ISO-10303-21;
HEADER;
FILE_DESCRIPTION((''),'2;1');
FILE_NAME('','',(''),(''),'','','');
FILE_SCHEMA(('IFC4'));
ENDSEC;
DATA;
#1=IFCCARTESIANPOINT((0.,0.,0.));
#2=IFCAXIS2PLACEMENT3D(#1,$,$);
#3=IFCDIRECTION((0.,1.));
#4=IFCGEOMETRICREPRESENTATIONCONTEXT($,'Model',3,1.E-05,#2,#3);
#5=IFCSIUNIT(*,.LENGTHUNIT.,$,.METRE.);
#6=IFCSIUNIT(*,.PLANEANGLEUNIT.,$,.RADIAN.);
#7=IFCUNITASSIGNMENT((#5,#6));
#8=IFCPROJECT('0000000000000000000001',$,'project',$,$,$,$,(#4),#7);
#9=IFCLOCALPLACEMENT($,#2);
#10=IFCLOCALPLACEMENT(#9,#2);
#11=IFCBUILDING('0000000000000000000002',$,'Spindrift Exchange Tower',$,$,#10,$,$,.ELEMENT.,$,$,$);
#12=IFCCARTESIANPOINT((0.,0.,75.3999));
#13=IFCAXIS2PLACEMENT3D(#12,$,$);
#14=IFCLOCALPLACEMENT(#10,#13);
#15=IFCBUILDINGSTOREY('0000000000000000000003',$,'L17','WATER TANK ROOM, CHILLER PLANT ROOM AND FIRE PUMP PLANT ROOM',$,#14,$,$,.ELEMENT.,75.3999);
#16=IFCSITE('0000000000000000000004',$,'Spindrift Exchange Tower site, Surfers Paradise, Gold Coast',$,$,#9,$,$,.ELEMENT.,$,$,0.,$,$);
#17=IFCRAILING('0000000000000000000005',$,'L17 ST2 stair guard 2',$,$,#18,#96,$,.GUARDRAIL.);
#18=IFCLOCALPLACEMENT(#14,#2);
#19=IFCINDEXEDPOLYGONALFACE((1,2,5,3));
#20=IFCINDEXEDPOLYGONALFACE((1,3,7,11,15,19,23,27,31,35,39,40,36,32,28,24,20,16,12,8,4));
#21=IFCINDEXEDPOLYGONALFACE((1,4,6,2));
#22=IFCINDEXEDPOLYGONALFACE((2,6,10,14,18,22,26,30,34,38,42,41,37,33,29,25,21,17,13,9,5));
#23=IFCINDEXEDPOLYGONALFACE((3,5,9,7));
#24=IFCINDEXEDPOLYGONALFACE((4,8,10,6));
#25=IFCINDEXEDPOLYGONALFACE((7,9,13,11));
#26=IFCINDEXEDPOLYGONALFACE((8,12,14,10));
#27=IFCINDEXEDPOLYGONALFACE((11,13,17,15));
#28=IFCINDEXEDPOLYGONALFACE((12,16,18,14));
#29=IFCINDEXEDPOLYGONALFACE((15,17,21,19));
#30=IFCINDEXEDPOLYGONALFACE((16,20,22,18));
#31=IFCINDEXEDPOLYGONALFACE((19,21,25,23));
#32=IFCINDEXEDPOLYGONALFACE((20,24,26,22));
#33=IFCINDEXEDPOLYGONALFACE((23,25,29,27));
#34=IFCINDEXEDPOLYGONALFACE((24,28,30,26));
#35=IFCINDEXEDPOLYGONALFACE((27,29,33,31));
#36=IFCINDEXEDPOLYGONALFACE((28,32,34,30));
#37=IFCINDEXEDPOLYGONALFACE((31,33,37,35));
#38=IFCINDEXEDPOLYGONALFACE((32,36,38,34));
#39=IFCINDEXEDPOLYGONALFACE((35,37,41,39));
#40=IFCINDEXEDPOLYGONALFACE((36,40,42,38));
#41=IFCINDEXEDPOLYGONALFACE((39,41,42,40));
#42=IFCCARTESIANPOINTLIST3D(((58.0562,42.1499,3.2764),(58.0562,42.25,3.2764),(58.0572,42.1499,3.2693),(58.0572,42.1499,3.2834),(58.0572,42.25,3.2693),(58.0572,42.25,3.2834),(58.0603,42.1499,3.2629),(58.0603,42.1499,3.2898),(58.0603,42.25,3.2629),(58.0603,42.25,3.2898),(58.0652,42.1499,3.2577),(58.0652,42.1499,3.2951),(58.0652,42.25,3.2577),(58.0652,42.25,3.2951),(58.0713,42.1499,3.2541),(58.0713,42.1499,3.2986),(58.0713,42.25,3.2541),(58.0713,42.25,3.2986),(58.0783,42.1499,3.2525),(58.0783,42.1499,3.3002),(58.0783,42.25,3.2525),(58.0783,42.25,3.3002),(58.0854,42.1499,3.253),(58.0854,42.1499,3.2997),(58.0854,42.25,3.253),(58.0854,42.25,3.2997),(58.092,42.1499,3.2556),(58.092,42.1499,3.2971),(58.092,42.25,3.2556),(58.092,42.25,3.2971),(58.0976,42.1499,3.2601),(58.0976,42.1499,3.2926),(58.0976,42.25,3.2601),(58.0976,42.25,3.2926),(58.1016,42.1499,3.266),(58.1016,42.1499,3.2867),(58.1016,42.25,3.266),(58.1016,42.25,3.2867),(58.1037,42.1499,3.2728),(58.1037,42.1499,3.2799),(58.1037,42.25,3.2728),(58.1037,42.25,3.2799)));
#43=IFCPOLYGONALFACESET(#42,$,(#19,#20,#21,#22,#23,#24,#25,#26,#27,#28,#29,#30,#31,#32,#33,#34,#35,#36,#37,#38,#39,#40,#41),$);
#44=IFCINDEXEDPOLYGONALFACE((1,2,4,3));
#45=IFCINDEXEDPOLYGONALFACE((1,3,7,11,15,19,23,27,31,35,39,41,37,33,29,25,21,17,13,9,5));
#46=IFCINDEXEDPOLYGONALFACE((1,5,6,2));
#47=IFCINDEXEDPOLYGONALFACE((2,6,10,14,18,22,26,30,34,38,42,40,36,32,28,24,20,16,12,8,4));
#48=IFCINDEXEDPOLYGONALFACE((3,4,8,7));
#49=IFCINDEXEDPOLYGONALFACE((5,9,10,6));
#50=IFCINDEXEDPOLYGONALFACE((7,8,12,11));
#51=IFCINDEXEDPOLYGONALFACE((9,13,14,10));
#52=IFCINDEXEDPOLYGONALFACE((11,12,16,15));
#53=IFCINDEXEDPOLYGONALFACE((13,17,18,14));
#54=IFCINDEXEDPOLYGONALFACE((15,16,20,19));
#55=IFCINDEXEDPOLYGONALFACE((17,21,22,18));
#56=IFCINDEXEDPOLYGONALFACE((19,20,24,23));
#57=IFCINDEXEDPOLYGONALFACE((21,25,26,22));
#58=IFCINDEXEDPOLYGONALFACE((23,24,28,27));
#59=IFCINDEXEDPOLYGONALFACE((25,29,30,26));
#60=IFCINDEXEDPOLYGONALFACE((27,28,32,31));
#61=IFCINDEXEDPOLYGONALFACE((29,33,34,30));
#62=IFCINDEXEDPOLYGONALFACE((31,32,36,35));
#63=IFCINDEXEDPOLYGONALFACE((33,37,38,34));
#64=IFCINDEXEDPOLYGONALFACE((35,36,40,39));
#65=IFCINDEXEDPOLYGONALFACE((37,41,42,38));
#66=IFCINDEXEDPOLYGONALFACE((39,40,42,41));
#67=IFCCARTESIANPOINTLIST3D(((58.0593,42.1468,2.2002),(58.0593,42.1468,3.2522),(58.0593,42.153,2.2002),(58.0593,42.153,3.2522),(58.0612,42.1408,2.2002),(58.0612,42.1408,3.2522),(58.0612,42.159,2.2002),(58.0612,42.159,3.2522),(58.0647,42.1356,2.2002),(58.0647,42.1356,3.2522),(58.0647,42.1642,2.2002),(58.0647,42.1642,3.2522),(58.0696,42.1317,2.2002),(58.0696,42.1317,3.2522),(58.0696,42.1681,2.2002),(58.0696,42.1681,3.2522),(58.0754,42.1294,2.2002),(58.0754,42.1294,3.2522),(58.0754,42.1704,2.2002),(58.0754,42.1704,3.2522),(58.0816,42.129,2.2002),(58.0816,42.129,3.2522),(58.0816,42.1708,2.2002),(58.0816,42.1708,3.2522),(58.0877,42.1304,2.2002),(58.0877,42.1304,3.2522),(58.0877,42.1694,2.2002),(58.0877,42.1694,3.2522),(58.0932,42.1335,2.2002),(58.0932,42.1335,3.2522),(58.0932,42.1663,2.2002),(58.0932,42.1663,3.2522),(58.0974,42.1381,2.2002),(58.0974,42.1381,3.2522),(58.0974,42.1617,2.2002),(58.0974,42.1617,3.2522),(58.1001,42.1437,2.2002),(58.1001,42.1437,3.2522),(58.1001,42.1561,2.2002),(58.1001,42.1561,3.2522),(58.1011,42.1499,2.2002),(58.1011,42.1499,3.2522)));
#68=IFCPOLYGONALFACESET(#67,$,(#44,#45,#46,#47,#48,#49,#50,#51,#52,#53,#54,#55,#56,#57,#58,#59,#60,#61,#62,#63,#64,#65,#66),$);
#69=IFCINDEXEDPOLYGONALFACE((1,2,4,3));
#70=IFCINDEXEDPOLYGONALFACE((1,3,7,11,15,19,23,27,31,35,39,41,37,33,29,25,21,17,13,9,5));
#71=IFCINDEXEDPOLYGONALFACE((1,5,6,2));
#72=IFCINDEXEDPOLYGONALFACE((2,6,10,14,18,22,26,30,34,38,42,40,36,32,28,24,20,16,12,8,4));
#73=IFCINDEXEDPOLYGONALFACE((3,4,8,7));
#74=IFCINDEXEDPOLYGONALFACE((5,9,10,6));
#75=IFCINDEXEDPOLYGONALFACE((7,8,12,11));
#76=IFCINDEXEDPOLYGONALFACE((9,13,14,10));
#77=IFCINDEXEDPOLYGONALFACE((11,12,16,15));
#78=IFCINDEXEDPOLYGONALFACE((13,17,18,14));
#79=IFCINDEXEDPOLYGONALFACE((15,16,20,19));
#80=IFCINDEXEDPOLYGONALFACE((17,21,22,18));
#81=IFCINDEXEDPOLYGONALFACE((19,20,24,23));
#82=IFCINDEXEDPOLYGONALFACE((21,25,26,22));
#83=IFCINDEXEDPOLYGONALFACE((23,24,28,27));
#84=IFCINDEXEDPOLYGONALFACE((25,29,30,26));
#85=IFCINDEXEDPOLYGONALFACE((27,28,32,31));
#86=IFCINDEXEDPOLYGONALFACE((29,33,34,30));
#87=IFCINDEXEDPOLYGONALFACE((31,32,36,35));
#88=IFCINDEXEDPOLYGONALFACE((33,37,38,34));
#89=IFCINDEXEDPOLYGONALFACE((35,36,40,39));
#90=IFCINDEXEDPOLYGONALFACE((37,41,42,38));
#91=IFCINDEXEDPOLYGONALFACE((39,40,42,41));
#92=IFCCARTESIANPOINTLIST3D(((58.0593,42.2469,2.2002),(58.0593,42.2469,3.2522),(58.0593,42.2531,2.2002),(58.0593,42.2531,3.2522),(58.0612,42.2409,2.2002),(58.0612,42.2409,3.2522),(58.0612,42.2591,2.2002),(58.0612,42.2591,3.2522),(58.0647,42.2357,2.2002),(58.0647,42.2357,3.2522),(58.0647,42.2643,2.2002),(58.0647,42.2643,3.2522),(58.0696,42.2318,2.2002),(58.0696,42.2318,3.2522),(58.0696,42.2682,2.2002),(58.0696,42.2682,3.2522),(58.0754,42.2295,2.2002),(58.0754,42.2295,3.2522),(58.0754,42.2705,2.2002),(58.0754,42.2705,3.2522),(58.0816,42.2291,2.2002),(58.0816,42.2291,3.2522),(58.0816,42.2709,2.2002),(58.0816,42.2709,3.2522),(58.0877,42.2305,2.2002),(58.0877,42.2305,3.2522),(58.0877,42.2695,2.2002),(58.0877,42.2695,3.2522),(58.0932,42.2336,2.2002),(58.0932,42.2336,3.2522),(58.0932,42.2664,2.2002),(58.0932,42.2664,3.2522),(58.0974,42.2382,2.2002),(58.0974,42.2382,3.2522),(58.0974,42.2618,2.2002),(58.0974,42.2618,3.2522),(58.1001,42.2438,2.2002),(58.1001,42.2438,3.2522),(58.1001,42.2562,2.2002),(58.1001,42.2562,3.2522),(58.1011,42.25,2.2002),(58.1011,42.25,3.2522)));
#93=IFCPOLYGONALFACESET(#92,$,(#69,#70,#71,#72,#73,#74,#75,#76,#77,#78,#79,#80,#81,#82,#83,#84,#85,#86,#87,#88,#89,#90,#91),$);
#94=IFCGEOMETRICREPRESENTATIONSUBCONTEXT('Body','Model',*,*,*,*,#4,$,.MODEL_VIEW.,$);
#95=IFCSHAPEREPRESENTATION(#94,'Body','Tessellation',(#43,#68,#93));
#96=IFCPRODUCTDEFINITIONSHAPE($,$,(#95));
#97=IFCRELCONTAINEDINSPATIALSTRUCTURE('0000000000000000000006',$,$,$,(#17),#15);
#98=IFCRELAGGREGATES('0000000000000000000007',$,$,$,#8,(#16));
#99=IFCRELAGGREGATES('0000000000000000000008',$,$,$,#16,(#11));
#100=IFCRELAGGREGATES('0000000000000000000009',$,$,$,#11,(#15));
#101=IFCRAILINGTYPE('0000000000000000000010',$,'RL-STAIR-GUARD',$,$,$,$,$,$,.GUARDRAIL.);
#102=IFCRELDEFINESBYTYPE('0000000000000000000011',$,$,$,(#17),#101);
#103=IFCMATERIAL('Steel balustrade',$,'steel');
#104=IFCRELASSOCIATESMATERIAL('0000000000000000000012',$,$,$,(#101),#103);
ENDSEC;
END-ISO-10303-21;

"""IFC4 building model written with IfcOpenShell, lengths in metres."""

from ifc_helpers import new_model, si_unit, direction, frame, origin, origin_2d, place, context, subcontext, project, spatial, circle, extrude, material, type_object, element, save


model = new_model("IFC4")

# Units and contexts
model_context = context("Model", 3, precision=1e-05, world=origin(), true_north=direction((0.0, 1.0)))
body_context = subcontext(model_context, "Body", "Model", "MODEL_VIEW")
ifc_project = project(units=[si_unit("LENGTHUNIT", "METRE"), si_unit("PLANEANGLEUNIT", "RADIAN")], contexts=[model_context])

# Site, building, storey
site_placement = place(None, origin())
site = spatial("IfcSite", under=ifc_project, at=site_placement, Name="Spindrift Exchange Tower site, Surfers Paradise, Gold Coast", CompositionType="ELEMENT", RefElevation=0.0)
building_placement = place(site_placement, origin())
building = spatial("IfcBuilding", under=site, at=building_placement, Name="Spindrift Exchange Tower", CompositionType="ELEMENT")
storey_placement = place(building_placement, frame((0.0, 0.0, 75.3999)))
storey = spatial("IfcBuildingStorey", under=building, at=storey_placement, Name="L17", Description="WATER TANK ROOM, CHILLER PLANT ROOM AND FIRE PUMP PLANT ROOM", CompositionType="ELEMENT", Elevation=75.3999)

# Railing
ifc_material_1 = material(Name="Steel balustrade", Category="steel")
railing_type_1 = type_object("IfcRailingType", Name="RL-STAIR-GUARD", PredefinedType="GUARDRAIL", material=ifc_material_1)
railing_1_placement = place(storey_placement, frame((58.0801, 42.1499, 2.2002)))
element("IfcRailing", 1, at=railing_1_placement, inside=storey, type_object=railing_type_1, Name="L17 ST2 stair guard 2", PredefinedType="GUARDRAIL", context=body_context, shape_type="SweptSolid", body=[
    extrude(circle(Radius=0.0239, at=origin_2d()), frame((0.0, 0.0, 1.0762), z_axis=(0.0, 1.0, 0.0), x_axis=(-1.0, 0.0, 0.0)), (0.0, 0.0, 1.0), 0.1001),
    extrude(circle(Radius=0.021, at=origin_2d()), origin(), (0.0, 0.0, 1.0), 1.052),
    extrude(circle(Radius=0.021, at=origin_2d()), frame((0.0, 0.1001, 0.0)), (0.0, 0.0, 1.0), 1.052),
])

save(model, "model.ifc")
